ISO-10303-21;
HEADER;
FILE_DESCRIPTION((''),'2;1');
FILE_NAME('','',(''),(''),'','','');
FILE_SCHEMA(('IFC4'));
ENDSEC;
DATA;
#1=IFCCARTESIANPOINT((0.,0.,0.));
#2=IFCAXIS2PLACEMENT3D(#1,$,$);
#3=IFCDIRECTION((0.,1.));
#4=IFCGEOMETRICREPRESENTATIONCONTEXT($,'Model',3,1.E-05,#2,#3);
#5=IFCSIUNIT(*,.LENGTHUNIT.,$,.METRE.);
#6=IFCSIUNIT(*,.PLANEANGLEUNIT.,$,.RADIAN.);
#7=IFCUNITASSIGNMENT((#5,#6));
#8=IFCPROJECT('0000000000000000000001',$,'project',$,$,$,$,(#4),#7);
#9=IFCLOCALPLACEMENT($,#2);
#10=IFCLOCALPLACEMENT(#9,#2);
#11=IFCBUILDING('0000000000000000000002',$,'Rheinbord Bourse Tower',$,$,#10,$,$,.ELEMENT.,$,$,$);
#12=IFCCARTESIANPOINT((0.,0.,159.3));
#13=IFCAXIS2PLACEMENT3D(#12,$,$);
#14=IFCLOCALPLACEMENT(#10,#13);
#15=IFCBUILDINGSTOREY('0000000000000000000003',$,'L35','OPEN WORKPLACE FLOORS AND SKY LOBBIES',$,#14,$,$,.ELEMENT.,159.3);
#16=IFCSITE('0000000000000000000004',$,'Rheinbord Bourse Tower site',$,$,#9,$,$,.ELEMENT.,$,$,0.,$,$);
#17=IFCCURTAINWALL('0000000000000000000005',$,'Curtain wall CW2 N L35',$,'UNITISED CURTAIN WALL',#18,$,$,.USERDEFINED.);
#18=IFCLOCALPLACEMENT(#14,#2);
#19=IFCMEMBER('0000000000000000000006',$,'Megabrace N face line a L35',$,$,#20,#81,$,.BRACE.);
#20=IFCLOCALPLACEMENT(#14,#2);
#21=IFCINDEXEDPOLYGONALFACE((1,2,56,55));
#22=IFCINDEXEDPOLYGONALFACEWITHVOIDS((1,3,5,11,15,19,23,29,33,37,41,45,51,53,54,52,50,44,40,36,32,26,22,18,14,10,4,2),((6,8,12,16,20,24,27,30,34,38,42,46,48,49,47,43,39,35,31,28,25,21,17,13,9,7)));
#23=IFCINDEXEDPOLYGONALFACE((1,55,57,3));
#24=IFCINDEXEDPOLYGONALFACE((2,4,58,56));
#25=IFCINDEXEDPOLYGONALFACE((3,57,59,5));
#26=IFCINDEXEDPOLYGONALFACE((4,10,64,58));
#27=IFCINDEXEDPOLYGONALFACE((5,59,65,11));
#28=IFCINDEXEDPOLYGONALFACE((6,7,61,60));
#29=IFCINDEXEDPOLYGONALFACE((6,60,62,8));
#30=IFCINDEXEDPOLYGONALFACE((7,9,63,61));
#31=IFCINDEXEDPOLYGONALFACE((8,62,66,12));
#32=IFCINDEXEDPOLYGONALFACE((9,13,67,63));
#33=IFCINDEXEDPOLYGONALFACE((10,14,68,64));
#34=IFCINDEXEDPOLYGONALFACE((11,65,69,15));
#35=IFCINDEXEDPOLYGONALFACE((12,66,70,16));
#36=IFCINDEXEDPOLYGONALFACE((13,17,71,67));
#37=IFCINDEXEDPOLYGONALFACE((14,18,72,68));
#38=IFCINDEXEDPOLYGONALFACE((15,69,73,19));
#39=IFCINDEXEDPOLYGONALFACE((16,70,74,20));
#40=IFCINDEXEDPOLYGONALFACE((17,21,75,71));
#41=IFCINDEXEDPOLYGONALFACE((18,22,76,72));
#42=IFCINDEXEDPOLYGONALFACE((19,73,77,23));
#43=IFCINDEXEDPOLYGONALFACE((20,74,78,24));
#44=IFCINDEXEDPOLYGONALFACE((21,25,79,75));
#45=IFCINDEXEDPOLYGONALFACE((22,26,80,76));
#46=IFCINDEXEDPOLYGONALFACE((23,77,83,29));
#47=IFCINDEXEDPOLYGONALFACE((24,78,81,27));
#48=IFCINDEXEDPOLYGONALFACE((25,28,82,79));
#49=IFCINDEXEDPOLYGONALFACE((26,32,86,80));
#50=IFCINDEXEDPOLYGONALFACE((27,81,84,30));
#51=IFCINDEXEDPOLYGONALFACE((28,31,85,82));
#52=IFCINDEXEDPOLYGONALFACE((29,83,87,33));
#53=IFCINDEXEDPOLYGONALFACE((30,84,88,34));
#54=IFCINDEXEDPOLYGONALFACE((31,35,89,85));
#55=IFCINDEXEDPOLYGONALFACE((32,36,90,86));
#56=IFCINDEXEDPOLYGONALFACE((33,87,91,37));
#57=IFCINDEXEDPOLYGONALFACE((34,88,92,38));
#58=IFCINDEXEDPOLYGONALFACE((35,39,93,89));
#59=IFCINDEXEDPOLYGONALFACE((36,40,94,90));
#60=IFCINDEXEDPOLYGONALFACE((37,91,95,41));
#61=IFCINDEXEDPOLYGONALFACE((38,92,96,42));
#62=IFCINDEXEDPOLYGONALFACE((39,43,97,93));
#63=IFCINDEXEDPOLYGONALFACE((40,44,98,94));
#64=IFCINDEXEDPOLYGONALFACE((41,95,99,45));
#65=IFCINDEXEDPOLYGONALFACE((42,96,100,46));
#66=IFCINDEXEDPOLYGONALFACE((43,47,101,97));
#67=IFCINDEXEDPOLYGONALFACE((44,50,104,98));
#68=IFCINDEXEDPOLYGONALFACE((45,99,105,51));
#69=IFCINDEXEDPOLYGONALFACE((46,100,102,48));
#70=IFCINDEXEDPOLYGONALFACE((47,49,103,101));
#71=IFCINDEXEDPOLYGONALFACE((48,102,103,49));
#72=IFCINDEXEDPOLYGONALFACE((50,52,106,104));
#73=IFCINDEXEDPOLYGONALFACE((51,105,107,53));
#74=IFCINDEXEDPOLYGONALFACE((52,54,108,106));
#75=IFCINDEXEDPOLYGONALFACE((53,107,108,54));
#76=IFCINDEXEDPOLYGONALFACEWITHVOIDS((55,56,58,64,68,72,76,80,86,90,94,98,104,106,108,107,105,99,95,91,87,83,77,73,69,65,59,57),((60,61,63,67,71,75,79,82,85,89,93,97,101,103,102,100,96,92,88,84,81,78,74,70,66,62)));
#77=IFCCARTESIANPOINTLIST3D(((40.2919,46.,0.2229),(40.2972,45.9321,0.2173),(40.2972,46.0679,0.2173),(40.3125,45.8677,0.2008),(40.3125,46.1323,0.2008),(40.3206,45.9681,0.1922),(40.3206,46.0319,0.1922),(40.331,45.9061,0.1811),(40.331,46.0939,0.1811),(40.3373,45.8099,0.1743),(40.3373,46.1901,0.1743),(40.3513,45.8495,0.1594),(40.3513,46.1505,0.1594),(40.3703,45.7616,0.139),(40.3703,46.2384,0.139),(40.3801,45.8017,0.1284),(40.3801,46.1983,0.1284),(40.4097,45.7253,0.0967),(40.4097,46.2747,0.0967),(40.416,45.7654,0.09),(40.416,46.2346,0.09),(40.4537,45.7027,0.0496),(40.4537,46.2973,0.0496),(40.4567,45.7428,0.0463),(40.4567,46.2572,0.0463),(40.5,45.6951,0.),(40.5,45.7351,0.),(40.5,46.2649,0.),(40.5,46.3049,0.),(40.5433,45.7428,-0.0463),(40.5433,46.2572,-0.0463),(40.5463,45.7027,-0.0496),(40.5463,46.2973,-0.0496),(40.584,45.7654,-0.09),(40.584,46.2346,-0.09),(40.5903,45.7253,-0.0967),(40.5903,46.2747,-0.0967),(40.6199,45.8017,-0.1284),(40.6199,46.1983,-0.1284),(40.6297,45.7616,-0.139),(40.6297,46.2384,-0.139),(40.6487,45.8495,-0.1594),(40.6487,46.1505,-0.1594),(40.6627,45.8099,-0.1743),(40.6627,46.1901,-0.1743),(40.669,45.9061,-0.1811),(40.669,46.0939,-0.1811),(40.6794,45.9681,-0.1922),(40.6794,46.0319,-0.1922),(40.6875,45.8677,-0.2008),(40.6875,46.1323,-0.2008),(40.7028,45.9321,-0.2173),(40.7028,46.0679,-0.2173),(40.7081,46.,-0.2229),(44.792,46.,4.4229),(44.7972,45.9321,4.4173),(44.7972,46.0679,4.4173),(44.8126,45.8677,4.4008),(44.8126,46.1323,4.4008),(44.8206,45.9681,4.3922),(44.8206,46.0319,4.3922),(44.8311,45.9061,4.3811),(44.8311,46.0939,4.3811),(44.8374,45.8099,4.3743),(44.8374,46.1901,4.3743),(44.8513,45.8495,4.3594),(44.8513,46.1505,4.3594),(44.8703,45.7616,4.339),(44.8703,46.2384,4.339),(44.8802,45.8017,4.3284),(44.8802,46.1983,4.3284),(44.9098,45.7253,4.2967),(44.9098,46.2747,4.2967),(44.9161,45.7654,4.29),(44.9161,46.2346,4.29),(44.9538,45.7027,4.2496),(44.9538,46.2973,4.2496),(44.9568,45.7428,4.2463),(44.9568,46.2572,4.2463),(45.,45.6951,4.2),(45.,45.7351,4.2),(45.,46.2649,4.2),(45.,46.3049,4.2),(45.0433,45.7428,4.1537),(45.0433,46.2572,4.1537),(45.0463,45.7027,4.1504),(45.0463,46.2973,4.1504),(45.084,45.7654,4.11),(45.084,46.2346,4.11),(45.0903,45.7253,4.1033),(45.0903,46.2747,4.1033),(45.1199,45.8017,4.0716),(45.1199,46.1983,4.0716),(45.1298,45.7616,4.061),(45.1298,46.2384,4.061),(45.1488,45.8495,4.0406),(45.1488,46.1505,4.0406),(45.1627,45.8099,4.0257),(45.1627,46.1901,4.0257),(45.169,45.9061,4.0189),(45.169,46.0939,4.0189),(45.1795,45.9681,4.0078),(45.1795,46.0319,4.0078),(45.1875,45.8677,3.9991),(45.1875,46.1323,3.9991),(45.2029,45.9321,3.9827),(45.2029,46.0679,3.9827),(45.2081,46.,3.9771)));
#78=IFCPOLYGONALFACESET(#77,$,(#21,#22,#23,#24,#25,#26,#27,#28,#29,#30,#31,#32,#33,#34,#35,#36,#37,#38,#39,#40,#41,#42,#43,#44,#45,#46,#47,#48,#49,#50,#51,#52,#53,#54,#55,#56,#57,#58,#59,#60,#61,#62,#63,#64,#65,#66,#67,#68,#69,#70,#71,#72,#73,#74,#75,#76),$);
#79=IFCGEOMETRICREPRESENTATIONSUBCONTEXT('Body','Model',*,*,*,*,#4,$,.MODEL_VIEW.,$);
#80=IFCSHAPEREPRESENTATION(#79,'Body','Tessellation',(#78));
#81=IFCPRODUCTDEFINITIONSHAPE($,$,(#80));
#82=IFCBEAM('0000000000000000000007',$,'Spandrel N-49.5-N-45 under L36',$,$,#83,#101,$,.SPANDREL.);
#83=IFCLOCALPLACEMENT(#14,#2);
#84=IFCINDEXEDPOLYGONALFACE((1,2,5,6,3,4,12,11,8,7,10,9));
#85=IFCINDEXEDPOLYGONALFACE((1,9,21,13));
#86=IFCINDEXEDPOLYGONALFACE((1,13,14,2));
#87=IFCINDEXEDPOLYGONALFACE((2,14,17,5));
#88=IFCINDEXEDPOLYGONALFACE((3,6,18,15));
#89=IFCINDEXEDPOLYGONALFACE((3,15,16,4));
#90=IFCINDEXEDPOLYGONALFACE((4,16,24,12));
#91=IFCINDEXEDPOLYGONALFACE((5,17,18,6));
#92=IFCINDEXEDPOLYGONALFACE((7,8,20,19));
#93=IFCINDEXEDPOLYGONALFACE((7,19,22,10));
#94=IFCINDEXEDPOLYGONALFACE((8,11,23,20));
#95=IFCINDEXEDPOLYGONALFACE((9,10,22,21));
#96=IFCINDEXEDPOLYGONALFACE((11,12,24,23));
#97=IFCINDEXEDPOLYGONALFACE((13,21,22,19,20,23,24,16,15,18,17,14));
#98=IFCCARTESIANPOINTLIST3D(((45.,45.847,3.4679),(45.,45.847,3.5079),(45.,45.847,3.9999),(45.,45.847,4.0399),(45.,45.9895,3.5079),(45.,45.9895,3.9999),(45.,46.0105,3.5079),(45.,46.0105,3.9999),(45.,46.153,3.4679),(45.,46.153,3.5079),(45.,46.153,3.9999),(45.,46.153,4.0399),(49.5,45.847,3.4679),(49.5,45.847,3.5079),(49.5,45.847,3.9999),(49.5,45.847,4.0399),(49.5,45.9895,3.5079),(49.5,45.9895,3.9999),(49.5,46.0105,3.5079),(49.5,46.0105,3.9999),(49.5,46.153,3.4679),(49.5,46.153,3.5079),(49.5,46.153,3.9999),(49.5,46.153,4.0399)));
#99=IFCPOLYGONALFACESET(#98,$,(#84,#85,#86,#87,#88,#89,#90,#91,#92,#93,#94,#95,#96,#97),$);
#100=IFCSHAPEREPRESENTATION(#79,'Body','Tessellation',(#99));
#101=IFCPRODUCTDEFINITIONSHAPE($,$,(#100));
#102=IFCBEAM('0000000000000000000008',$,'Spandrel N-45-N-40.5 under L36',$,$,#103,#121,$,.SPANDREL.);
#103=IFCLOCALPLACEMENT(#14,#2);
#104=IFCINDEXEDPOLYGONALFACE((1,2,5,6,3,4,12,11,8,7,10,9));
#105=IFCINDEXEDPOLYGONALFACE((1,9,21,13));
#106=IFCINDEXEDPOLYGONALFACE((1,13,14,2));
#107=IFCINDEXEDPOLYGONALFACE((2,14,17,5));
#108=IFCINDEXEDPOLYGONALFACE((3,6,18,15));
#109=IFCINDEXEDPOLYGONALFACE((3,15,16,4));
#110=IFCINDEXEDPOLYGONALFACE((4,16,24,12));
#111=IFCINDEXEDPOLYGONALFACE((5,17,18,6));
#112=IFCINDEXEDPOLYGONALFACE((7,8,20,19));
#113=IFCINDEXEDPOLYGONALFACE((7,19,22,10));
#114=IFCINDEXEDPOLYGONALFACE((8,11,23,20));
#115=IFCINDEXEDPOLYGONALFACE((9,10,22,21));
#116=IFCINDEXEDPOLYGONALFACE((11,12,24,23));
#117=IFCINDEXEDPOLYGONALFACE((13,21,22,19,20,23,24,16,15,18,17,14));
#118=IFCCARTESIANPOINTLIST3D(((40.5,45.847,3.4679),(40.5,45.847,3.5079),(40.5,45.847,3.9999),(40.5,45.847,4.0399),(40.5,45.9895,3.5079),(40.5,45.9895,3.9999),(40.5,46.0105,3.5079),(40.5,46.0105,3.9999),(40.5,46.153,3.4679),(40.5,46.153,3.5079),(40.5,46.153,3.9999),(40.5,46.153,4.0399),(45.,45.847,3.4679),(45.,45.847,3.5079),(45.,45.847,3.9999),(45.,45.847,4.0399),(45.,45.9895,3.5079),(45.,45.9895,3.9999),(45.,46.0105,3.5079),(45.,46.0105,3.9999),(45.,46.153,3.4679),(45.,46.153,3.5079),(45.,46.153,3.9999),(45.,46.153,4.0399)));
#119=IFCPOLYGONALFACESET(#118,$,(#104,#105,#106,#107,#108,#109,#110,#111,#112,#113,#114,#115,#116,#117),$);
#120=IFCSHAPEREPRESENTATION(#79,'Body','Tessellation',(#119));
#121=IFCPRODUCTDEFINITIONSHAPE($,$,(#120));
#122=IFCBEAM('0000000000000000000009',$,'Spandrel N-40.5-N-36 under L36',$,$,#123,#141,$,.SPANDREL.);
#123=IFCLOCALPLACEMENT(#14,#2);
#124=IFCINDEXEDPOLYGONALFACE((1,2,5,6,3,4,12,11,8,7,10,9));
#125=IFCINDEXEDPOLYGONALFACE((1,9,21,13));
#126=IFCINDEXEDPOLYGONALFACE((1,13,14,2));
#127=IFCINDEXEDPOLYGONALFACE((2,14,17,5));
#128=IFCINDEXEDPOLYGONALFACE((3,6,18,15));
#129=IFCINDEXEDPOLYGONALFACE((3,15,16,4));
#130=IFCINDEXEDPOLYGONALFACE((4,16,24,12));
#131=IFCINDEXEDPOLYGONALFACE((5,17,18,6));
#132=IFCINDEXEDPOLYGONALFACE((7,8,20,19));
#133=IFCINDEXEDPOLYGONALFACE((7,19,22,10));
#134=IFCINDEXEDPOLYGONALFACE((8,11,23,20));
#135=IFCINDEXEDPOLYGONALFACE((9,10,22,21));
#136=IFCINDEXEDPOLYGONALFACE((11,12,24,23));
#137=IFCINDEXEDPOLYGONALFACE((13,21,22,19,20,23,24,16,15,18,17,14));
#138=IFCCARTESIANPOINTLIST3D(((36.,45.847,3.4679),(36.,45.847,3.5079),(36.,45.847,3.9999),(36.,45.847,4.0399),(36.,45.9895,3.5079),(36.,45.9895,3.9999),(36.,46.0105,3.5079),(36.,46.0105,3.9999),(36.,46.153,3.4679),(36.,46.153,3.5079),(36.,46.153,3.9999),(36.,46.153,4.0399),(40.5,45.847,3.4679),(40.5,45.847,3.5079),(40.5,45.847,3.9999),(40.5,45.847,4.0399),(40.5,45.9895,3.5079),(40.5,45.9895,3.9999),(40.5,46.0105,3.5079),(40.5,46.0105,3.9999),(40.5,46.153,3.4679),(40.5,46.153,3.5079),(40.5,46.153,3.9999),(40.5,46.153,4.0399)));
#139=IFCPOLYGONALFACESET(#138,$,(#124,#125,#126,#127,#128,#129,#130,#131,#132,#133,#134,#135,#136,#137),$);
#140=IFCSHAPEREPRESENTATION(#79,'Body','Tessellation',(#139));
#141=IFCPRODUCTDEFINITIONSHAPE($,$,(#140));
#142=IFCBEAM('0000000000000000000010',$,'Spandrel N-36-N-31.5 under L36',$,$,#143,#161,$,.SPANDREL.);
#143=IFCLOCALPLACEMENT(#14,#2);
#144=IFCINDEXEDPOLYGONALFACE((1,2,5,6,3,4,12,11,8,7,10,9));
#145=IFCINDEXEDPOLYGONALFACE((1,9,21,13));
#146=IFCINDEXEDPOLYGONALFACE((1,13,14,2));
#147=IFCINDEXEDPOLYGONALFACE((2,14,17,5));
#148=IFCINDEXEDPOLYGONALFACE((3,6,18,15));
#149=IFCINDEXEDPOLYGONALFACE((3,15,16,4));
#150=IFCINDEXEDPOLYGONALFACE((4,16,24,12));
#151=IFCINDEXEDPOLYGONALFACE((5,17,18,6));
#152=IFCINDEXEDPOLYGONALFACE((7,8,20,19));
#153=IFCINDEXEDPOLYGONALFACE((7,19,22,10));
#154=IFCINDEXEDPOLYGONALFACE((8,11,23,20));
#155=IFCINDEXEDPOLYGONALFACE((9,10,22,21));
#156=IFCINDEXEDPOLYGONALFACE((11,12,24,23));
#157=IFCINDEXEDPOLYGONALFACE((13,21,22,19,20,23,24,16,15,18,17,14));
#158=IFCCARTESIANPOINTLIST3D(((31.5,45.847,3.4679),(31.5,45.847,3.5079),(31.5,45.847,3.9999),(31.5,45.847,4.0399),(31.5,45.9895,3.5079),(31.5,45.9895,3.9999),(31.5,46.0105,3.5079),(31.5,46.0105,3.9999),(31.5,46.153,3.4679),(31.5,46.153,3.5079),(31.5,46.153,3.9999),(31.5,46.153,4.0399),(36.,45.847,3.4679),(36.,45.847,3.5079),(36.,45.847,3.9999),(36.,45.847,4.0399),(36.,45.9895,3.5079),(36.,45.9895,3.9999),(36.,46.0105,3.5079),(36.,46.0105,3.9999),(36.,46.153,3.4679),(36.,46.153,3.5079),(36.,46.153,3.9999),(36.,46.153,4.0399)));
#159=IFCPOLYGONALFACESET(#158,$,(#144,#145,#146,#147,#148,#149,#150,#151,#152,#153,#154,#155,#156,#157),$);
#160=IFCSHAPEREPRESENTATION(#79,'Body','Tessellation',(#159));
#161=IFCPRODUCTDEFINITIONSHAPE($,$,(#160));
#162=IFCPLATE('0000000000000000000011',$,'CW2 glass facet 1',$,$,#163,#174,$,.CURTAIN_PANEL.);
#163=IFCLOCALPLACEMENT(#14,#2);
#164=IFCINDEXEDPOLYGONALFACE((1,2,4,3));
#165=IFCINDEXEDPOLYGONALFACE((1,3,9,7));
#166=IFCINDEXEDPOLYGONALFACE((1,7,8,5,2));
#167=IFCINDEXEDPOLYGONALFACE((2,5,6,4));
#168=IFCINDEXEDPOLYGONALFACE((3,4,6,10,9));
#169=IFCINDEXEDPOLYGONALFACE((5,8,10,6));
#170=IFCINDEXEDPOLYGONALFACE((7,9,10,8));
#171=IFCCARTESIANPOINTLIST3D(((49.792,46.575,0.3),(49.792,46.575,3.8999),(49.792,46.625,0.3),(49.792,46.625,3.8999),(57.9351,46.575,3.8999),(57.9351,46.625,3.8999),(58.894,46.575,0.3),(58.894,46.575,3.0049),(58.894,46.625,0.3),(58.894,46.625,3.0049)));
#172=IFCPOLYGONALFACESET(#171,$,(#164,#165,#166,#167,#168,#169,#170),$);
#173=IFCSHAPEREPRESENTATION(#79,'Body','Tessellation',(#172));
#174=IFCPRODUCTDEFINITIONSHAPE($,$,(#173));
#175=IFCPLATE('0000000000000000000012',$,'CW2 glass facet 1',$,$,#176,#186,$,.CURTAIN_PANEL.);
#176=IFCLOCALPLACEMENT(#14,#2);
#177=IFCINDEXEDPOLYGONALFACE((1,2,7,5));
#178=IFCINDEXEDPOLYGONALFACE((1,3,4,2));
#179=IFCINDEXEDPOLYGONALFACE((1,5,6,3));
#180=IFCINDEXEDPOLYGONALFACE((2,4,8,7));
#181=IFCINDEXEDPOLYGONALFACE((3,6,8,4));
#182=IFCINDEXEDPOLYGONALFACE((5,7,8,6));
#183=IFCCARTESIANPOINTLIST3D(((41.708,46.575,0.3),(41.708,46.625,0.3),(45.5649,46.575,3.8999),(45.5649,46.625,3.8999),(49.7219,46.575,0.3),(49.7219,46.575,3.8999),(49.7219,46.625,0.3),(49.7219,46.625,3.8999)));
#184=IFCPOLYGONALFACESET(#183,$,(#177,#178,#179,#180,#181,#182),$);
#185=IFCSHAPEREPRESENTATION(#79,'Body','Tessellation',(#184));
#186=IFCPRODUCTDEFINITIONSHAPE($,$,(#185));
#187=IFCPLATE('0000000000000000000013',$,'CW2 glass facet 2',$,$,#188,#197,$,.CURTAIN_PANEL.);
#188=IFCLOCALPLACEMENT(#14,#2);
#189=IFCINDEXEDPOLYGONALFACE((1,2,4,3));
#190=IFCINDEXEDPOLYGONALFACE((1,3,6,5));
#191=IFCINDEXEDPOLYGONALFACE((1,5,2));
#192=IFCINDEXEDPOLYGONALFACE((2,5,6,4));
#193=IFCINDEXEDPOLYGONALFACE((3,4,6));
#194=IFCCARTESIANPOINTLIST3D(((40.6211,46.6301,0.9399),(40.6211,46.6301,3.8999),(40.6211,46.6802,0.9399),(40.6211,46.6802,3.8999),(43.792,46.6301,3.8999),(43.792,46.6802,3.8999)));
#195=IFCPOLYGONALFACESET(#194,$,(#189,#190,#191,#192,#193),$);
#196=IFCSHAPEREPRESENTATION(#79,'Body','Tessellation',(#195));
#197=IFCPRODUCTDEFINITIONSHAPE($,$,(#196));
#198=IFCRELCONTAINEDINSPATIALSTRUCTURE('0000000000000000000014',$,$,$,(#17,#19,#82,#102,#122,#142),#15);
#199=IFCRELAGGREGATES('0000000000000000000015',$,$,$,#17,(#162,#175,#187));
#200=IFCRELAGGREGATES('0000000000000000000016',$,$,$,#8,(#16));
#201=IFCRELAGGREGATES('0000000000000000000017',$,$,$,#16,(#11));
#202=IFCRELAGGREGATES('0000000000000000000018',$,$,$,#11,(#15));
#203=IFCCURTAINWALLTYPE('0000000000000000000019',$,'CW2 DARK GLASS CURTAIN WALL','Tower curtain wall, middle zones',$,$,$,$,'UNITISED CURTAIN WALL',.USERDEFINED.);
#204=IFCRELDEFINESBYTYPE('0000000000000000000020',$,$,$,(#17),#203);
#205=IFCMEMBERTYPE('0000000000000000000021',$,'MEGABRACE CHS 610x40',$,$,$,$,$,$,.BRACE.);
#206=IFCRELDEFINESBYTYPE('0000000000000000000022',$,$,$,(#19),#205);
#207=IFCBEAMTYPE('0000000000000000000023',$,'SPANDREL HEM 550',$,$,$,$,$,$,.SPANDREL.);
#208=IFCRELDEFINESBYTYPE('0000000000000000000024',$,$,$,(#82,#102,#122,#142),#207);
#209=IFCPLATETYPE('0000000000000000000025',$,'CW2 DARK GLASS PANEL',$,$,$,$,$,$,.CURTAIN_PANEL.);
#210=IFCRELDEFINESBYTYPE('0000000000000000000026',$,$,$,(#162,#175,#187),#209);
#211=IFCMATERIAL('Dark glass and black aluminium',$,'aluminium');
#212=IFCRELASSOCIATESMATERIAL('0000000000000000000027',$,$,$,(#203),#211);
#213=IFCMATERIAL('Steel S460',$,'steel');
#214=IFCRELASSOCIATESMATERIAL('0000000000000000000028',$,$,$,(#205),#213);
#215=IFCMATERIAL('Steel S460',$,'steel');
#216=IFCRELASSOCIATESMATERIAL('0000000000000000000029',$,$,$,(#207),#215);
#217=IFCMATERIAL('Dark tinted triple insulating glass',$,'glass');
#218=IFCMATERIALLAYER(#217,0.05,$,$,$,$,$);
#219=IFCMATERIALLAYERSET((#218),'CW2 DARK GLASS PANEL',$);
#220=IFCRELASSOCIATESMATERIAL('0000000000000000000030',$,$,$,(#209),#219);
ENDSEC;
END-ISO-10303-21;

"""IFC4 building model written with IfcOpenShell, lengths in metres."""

from ifc_helpers import new_model, si_unit, direction, frame, origin, origin_2d, place, context, subcontext, project, spatial, polyline, hollow_circle, i_section, outline, extrude, material, layer, layer_set, material_profile, profile_set, type_object, element, aggregate, save


model = new_model("IFC4")

# Units and contexts
model_context = context("Model", 3, precision=1e-05, world=origin(), true_north=direction((0.0, 1.0)))
body_context = subcontext(model_context, "Body", "Model", "MODEL_VIEW")
ifc_project = project(units=[si_unit("LENGTHUNIT", "METRE"), si_unit("PLANEANGLEUNIT", "RADIAN")], contexts=[model_context])

# Site, building, storey
site_placement = place(None, origin())
site = spatial("IfcSite", under=ifc_project, at=site_placement, Name="Rheinbord Bourse Tower site", CompositionType="ELEMENT", RefElevation=0.0)
building_placement = place(site_placement, origin())
building = spatial("IfcBuilding", under=site, at=building_placement, Name="Rheinbord Bourse Tower", CompositionType="ELEMENT")
storey_placement = place(building_placement, frame((0.0, 0.0, 159.3)))
storey = spatial("IfcBuildingStorey", under=building, at=storey_placement, Name="L35", Description="OPEN WORKPLACE FLOORS AND SKY LOBBIES", CompositionType="ELEMENT", Elevation=159.3)

# Curtain wall
ifc_material_1 = material(Name="Dark glass and black aluminium", Category="aluminium")
curtain_wall_type = type_object("IfcCurtainWallType", Name="CW2 DARK GLASS CURTAIN WALL", Description="Tower curtain wall, middle zones", ElementType="UNITISED CURTAIN WALL", PredefinedType="USERDEFINED", material=ifc_material_1)
curtain_wall_placement = place(storey_placement, origin())
curtain_wall = element("IfcCurtainWall", 1, at=curtain_wall_placement, inside=storey, type_object=curtain_wall_type, Name="Curtain wall CW2 N L35", ObjectType="UNITISED CURTAIN WALL", PredefinedType="USERDEFINED")

# Member
ifc_material_2 = material(Name="Steel S460", Category="steel")
ifc_material_profile_1 = material_profile(ifc_material_2, hollow_circle(Radius=0.3049, WallThickness=0.04, at=origin_2d()), Name="CHS 610x40")
ifc_profile_set_1 = profile_set([ifc_material_profile_1], Name="Steel S460")
member_type_1 = type_object("IfcMemberType", Name="MEGABRACE CHS 610x40", PredefinedType="BRACE", material=ifc_profile_set_1)
member_1_placement = place(storey_placement, frame((40.5, 46.0, 0.0), z_axis=(0.731059, 0.0, 0.682314), x_axis=(0.0, 1.0, 0.0)))
element("IfcMember", 2, at=member_1_placement, inside=storey, type_object=member_type_1, Name="Megabrace N face line a L35", PredefinedType="BRACE", context=body_context, shape_type="SweptSolid", body=[
    extrude(hollow_circle(Radius=0.3049, WallThickness=0.04, at=origin_2d()), origin(), (0.0, 0.0, 1.0), 6.1555),
])

# Beams
ifc_material_3 = material(Name="Steel S460", Category="steel")
ifc_material_profile_2 = material_profile(ifc_material_3, i_section(OverallWidth=0.3059, OverallDepth=0.572, WebThickness=0.021, FlangeThickness=0.04, at=origin_2d()), Name="HEM 550")
ifc_profile_set_2 = profile_set([ifc_material_profile_2], Name="Steel S460")
beam_type_1 = type_object("IfcBeamType", Name="SPANDREL HEM 550", PredefinedType="SPANDREL", material=ifc_profile_set_2)
for number, where, z_axis, x_axis, name in (
    (3, (49.5, 46.0, 3.7539), (-1.0, 0.0, 0.0), (0.0, -1.0, 0.0), "Spandrel N-49.5-N-45 under L36"),
    (4, (45.0, 46.0, 3.7539), (-1.0, 0.0, 0.0), (0.0, -1.0, 0.0), "Spandrel N-45-N-40.5 under L36"),
    (5, (40.5, 46.0, 3.7539), (-1.0, 0.0, 0.0), (0.0, -1.0, 0.0), "Spandrel N-40.5-N-36 under L36"),
    (6, (36.0, 46.0, 3.7539), (-1.0, 0.0, 0.0), (0.0, -1.0, 0.0), "Spandrel N-36-N-31.5 under L36"),
):
    element("IfcBeam", number, at=place(storey_placement, frame(where, z_axis=z_axis, x_axis=x_axis)), inside=storey, type_object=beam_type_1, Name=name, PredefinedType="SPANDREL", context=body_context, shape_type="SweptSolid", body=[
        extrude(i_section(OverallWidth=0.3059, OverallDepth=0.572, WebThickness=0.021, FlangeThickness=0.04, at=origin_2d()), origin(), (0.0, 0.0, 1.0), 4.5),
    ])

# Plates
ifc_material_4 = material(Name="Dark tinted triple insulating glass", Category="glass")
ifc_layer_1 = layer(ifc_material_4, 0.05)
ifc_layer_set_1 = layer_set([ifc_layer_1], Name="CW2 DARK GLASS PANEL")
plate_type = type_object("IfcPlateType", Name="CW2 DARK GLASS PANEL", PredefinedType="CURTAIN_PANEL", material=ifc_layer_set_1)
plate_1_placement = place(storey_placement, frame((49.792, 46.625, 3.8999), z_axis=(0.0, -1.0, 0.0), x_axis=(0.0, 0.0, -1.0)))
plate_1 = element("IfcPlate", 7, at=plate_1_placement, type_object=plate_type, Name="CW2 glass facet 1", PredefinedType="CURTAIN_PANEL", context=body_context, shape_type="SweptSolid", body=[
    extrude(outline(polyline([(0.0, 0.0), (3.5999, 0.0), (3.5999, 9.1021), (0.895, 9.1021), (0.0, 8.1431), (0.0, 0.0)])), origin(), (0.0, 0.0, 1.0), 0.05),
])
plate_2_placement = place(storey_placement, frame((49.7219, 46.625, 0.3), z_axis=(0.0, -1.0, 0.0), x_axis=(0.0, 0.0, 1.0)))
plate_2 = element("IfcPlate", 8, at=plate_2_placement, type_object=plate_type, Name="CW2 glass facet 1", PredefinedType="CURTAIN_PANEL", context=body_context, shape_type="SweptSolid", body=[
    extrude(outline(polyline([(0.0, 0.0), (3.5999, 0.0), (3.5999, 4.157), (0.0, 8.0139), (0.0, 0.0)])), origin(), (0.0, 0.0, 1.0), 0.05),
])
plate_3_placement = place(storey_placement, frame((40.6211, 46.6802, 3.8999), z_axis=(0.0, -1.0, 0.0), x_axis=(0.0, 0.0, -1.0)))
plate_3 = element("IfcPlate", 9, at=plate_3_placement, type_object=plate_type, Name="CW2 glass facet 2", PredefinedType="CURTAIN_PANEL", context=body_context, shape_type="SweptSolid", body=[
    extrude(outline(polyline([(0.0, 0.0), (2.96, 0.0), (0.0, 3.1709), (0.0, 0.0)])), origin(), (0.0, 0.0, 1.0), 0.05),
])
aggregate(curtain_wall, [plate_1, plate_2, plate_3])

save(model, "model.ifc")
